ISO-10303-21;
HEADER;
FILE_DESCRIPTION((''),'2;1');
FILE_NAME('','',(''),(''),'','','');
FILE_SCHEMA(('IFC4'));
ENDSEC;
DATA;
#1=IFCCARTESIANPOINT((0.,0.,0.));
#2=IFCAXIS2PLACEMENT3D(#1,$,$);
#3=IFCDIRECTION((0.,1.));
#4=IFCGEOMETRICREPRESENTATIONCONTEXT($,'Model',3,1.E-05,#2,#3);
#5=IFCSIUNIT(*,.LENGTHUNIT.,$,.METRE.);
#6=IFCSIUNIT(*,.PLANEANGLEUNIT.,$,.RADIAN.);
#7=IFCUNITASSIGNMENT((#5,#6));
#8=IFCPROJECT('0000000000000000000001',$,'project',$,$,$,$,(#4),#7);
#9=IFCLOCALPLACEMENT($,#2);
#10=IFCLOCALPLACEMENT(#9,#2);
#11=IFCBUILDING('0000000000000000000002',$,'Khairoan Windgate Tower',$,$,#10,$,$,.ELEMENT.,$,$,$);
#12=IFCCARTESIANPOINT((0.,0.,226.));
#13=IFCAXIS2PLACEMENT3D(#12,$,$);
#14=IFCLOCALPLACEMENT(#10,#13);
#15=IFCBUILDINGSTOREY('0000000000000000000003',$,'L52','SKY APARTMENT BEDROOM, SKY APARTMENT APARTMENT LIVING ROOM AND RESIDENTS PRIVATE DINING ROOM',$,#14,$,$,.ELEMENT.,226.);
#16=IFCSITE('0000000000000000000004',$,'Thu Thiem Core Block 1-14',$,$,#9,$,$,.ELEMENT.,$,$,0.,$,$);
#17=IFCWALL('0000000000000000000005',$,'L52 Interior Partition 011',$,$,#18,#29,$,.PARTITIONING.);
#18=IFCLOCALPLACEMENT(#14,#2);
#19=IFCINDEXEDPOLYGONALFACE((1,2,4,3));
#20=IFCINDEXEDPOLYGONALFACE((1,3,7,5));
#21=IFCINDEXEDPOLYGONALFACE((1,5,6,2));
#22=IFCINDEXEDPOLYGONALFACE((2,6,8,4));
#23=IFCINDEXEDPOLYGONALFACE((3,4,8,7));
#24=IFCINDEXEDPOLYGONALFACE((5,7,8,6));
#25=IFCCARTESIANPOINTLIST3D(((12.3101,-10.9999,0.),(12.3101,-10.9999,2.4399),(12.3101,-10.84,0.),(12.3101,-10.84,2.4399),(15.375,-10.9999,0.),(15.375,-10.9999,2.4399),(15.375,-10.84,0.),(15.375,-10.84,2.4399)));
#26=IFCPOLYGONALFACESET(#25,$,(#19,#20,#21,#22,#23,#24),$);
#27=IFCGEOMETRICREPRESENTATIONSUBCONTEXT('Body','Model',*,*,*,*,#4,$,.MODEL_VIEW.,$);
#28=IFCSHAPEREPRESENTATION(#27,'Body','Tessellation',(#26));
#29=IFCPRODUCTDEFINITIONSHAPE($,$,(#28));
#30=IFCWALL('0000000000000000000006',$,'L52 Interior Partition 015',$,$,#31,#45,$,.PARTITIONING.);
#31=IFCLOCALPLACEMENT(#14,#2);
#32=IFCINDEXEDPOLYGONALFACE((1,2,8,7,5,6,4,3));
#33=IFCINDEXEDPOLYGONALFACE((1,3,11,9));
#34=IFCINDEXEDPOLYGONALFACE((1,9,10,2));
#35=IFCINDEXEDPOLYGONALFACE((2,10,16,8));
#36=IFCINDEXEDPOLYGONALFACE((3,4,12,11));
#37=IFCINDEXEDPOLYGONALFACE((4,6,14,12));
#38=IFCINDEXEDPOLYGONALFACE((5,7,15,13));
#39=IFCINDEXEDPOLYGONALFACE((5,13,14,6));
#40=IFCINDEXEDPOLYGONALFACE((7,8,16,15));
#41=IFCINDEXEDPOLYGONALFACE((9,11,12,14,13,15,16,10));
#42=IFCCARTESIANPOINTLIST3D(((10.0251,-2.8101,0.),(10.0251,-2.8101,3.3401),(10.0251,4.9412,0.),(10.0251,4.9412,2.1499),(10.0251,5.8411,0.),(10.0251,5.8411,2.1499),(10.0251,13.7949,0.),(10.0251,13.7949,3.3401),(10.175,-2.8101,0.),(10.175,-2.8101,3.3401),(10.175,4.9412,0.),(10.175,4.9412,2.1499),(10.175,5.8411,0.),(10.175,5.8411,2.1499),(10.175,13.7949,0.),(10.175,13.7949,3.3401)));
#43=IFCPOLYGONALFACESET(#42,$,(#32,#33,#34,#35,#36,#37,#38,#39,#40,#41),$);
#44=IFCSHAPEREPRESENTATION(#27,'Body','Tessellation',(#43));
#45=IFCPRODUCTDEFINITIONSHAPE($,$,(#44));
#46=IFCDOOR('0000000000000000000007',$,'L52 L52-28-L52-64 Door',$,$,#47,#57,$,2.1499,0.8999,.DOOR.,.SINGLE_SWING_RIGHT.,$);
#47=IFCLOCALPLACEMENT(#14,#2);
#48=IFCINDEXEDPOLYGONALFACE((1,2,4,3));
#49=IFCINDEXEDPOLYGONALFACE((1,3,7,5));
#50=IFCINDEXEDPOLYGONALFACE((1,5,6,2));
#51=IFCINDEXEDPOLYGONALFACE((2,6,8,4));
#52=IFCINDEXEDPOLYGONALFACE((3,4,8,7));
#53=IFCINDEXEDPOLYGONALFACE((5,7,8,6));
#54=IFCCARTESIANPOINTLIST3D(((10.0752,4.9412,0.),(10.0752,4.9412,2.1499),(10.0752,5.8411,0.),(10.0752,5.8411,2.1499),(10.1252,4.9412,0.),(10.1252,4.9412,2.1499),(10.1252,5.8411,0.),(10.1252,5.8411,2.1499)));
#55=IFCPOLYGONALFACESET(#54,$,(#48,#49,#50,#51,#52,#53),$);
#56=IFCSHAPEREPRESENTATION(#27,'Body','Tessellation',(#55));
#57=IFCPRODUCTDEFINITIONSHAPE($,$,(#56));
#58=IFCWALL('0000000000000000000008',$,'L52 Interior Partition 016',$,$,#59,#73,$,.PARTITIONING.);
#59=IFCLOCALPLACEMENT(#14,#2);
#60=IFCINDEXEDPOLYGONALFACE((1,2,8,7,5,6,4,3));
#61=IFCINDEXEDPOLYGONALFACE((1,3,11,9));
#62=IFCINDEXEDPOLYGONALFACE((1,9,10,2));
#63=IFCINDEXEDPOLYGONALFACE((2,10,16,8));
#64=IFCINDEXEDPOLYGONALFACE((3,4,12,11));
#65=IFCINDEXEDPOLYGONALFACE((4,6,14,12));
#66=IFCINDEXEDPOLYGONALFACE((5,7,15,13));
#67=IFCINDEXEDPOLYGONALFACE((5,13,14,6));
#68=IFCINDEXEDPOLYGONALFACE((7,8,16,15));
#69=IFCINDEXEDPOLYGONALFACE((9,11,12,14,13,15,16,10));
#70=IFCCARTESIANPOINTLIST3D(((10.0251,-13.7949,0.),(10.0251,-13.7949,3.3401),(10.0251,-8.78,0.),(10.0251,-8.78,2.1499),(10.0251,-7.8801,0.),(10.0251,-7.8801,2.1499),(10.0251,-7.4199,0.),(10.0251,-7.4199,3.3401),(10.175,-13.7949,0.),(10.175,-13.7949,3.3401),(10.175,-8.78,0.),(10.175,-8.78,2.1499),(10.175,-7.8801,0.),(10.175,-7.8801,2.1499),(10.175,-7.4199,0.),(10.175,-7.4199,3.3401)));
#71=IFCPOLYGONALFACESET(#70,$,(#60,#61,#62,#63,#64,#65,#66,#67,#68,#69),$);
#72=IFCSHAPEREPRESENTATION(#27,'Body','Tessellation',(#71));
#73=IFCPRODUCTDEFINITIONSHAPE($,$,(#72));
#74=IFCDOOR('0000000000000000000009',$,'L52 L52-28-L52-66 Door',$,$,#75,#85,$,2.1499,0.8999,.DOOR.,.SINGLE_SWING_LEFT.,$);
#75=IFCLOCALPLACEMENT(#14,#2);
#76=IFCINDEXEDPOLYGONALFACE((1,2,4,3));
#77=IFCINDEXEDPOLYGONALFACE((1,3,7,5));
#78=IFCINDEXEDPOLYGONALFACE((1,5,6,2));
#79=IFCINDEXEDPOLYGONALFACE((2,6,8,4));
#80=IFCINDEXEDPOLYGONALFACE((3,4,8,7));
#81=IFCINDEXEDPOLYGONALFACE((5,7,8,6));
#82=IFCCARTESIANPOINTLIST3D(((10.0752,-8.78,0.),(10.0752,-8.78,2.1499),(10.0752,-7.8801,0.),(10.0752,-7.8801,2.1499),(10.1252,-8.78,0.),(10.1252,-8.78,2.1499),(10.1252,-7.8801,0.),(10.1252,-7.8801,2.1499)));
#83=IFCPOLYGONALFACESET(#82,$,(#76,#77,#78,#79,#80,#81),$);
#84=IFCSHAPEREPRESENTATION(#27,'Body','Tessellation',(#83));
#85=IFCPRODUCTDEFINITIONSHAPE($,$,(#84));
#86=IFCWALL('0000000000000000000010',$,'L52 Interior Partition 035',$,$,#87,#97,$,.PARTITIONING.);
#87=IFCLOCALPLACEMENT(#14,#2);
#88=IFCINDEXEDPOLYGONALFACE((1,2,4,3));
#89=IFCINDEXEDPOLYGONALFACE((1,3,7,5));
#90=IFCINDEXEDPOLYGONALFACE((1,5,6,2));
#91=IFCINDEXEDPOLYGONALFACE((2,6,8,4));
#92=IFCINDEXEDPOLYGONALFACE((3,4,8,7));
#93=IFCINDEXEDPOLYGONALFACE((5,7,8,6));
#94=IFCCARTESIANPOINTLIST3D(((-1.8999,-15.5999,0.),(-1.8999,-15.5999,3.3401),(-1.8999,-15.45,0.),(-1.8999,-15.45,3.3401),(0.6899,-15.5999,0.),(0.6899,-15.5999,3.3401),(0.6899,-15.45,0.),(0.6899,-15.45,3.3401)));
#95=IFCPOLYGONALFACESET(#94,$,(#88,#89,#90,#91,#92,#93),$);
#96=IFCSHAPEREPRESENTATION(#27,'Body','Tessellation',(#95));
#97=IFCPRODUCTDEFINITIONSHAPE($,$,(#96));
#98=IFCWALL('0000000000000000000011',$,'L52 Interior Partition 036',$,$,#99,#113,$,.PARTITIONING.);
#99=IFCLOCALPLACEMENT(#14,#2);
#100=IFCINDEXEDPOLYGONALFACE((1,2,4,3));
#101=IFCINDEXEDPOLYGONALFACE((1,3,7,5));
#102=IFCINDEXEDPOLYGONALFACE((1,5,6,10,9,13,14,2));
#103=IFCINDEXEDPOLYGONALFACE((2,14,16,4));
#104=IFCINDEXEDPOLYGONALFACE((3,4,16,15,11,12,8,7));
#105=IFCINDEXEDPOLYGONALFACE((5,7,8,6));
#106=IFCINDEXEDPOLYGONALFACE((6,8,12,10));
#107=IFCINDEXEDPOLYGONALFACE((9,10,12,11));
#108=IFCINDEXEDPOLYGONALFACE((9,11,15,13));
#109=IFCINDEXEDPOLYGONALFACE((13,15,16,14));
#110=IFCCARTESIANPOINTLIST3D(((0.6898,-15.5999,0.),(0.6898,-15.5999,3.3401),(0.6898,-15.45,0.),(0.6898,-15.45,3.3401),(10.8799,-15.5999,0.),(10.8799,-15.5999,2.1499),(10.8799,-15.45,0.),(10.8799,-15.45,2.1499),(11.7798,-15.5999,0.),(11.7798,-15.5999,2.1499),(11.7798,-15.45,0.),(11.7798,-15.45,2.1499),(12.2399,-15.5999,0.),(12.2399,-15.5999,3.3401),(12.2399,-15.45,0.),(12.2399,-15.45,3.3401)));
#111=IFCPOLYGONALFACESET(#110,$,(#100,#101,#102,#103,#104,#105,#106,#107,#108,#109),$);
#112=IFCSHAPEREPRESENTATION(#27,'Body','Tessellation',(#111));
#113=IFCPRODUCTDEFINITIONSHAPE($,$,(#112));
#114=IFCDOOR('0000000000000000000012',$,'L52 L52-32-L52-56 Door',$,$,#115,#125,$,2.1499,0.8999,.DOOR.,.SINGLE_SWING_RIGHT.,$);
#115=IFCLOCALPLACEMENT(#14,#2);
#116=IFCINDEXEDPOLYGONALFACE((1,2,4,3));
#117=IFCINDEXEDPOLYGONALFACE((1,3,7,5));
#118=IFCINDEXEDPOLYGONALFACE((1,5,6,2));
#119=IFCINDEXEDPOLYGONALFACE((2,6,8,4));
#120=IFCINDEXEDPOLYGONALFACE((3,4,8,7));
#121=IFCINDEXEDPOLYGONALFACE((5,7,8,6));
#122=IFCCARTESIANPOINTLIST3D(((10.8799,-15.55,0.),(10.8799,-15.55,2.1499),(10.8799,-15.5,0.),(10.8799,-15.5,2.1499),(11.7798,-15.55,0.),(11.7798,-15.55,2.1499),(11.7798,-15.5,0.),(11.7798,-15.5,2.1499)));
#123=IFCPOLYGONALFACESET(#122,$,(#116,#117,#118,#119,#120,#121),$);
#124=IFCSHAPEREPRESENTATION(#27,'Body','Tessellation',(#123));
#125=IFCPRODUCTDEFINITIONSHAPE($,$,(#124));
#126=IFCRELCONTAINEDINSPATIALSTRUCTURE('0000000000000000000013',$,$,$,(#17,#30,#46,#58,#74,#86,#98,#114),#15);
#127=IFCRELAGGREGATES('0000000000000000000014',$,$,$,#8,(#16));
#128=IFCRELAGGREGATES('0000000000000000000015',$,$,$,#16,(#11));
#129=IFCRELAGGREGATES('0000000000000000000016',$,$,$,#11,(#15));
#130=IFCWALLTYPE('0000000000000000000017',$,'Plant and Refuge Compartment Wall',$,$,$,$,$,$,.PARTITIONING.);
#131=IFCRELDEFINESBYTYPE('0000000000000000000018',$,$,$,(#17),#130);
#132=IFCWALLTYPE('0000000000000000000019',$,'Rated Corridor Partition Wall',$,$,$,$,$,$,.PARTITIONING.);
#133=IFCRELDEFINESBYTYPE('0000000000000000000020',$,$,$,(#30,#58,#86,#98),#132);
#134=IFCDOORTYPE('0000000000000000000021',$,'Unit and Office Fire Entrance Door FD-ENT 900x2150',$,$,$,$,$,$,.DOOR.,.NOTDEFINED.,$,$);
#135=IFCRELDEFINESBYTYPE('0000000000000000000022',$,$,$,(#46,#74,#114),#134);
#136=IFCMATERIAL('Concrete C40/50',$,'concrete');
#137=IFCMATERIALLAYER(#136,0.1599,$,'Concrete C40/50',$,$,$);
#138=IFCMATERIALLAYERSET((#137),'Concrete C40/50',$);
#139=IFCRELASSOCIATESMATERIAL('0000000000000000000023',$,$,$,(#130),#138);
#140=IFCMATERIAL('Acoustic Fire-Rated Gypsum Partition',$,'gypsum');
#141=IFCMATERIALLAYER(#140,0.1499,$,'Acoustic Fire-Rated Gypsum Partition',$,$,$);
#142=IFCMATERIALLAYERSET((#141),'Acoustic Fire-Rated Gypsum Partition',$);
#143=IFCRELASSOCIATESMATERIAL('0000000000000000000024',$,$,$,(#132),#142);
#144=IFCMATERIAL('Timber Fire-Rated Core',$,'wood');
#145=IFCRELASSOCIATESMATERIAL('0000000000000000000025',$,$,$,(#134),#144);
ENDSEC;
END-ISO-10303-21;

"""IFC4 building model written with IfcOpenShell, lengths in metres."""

from ifc_helpers import new_model, si_unit, direction, frame, frame_2d, origin, place, context, subcontext, project, spatial, rectangle, extrude, material, layer, layer_set, type_object, element, fill, save


model = new_model("IFC4")

# Units and contexts
model_context = context("Model", 3, precision=1e-05, world=origin(), true_north=direction((0.0, 1.0)))
body_context = subcontext(model_context, "Body", "Model", "MODEL_VIEW")
ifc_project = project(units=[si_unit("LENGTHUNIT", "METRE"), si_unit("PLANEANGLEUNIT", "RADIAN")], contexts=[model_context])

# Site, building, storey
site_placement = place(None, origin())
site = spatial("IfcSite", under=ifc_project, at=site_placement, Name="Thu Thiem Core Block 1-14", CompositionType="ELEMENT", RefElevation=0.0)
building_placement = place(site_placement, origin())
building = spatial("IfcBuilding", under=site, at=building_placement, Name="Khairoan Windgate Tower", CompositionType="ELEMENT")
storey_placement = place(building_placement, frame((0.0, 0.0, 226.0)))
storey = spatial("IfcBuildingStorey", under=building, at=storey_placement, Name="L52", Description="SKY APARTMENT BEDROOM, SKY APARTMENT APARTMENT LIVING ROOM AND RESIDENTS PRIVATE DINING ROOM", CompositionType="ELEMENT", Elevation=226.0)

# Wall
ifc_material_1 = material(Name="Concrete C40/50", Category="concrete")
ifc_layer_1 = layer(ifc_material_1, 0.1599, Name="Concrete C40/50")
ifc_layer_set_1 = layer_set([ifc_layer_1], Name="Concrete C40/50")
wall_type_1 = type_object("IfcWallType", Name="Plant and Refuge Compartment Wall", PredefinedType="PARTITIONING", material=ifc_layer_set_1)
wall_1_placement = place(storey_placement, frame((12.3101, -10.9199, 0.0), z_axis=(0.0, 0.0, 1.0), x_axis=(1.0, 0.0, 0.0)))
element("IfcWall", 1, at=wall_1_placement, inside=storey, type_object=wall_type_1, Name="L52 Interior Partition 011", PredefinedType="PARTITIONING", context=body_context, shape_type="SweptSolid", body=[
    extrude(rectangle(XDim=3.0649, YDim=0.1599, at=frame_2d((1.5325, 0.0))), origin(), (0.0, 0.0, 1.0), 2.4399),
])

# Walls, openings, doors
ifc_material_2 = material(Name="Acoustic Fire-Rated Gypsum Partition", Category="gypsum")
ifc_layer_2 = layer(ifc_material_2, 0.1499, Name="Acoustic Fire-Rated Gypsum Partition")
ifc_layer_set_2 = layer_set([ifc_layer_2], Name="Acoustic Fire-Rated Gypsum Partition")
wall_type_2 = type_object("IfcWallType", Name="Rated Corridor Partition Wall", PredefinedType="PARTITIONING", material=ifc_layer_set_2)
wall_2_placement = place(storey_placement, frame((10.1001, -2.8101, 0.0), z_axis=(0.0, 0.0, 1.0), x_axis=(0.0, 1.0, 0.0)))
wall_2 = element("IfcWall", 2, at=wall_2_placement, inside=storey, type_object=wall_type_2, Name="L52 Interior Partition 015", PredefinedType="PARTITIONING", context=body_context, shape_type="SweptSolid", body=[
    extrude(rectangle(XDim=16.605, YDim=0.1499, at=frame_2d((8.3025, 0.0))), origin(), (0.0, 0.0, 1.0), 3.3401),
])
opening_1_placement = place(wall_2_placement, frame((7.7512, 0.0, 0.0)))
opening_1 = element("IfcOpeningElement", 3, at=opening_1_placement, cuts=wall_2, PredefinedType="OPENING", context=body_context, shape_type="SweptSolid", body=[
    extrude(rectangle(XDim=0.8999, YDim=2.1499, at=frame_2d((0.45, 1.075))), frame((0.0, 0.085, 0.0), z_axis=(0.0, -1.0, 0.0), x_axis=(1.0, 0.0, 0.0)), (0.0, 0.0, 1.0), 0.1699),
])
ifc_material_3 = material(Name="Timber Fire-Rated Core", Category="wood")
door_type_1 = type_object("IfcDoorType", Name="Unit and Office Fire Entrance Door FD-ENT 900x2150", OperationType="NOTDEFINED", PredefinedType="DOOR", material=ifc_material_3)
door_1_placement = place(opening_1_placement, origin())
door_1 = element("IfcDoor", 4, at=door_1_placement, inside=storey, type_object=door_type_1, Name="L52 L52-28-L52-64 Door", OperationType="SINGLE_SWING_RIGHT", OverallHeight=2.1499, OverallWidth=0.8999, PredefinedType="DOOR", context=body_context, shape_type="SweptSolid", body=[
    extrude(rectangle(XDim=0.8999, YDim=2.1499, at=frame_2d((0.45, 1.075))), frame((0.0, 0.0249, 0.0), z_axis=(0.0, -1.0, 0.0), x_axis=(1.0, 0.0, 0.0)), (0.0, 0.0, 1.0), 0.05),
])
fill(opening_1, door_1)
wall_3_placement = place(storey_placement, frame((10.1001, -13.7949, 0.0), z_axis=(0.0, 0.0, 1.0), x_axis=(0.0, 1.0, 0.0)))
wall_3 = element("IfcWall", 5, at=wall_3_placement, inside=storey, type_object=wall_type_2, Name="L52 Interior Partition 016", PredefinedType="PARTITIONING", context=body_context, shape_type="SweptSolid", body=[
    extrude(rectangle(XDim=6.375, YDim=0.1499, at=frame_2d((3.1875, 0.0))), origin(), (0.0, 0.0, 1.0), 3.3401),
])
opening_2_placement = place(wall_3_placement, frame((5.0149, 0.0, 0.0)))
opening_2 = element("IfcOpeningElement", 6, at=opening_2_placement, cuts=wall_3, PredefinedType="OPENING", context=body_context, shape_type="SweptSolid", body=[
    extrude(rectangle(XDim=0.8999, YDim=2.1499, at=frame_2d((0.45, 1.075))), frame((0.0, 0.085, 0.0), z_axis=(0.0, -1.0, 0.0), x_axis=(1.0, 0.0, 0.0)), (0.0, 0.0, 1.0), 0.1699),
])
door_2_placement = place(opening_2_placement, origin())
door_2 = element("IfcDoor", 7, at=door_2_placement, inside=storey, type_object=door_type_1, Name="L52 L52-28-L52-66 Door", OperationType="SINGLE_SWING_LEFT", OverallHeight=2.1499, OverallWidth=0.8999, PredefinedType="DOOR", context=body_context, shape_type="SweptSolid", body=[
    extrude(rectangle(XDim=0.8999, YDim=2.1499, at=frame_2d((0.45, 1.075))), frame((0.0, 0.0249, 0.0), z_axis=(0.0, -1.0, 0.0), x_axis=(1.0, 0.0, 0.0)), (0.0, 0.0, 1.0), 0.05),
])
fill(opening_2, door_2)

# Wall
wall_4_placement = place(storey_placement, frame((-1.8999, -15.5249, 0.0), z_axis=(0.0, 0.0, 1.0), x_axis=(1.0, 0.0, 0.0)))
element("IfcWall", 8, at=wall_4_placement, inside=storey, type_object=wall_type_2, Name="L52 Interior Partition 035", PredefinedType="PARTITIONING", context=body_context, shape_type="SweptSolid", body=[
    extrude(rectangle(XDim=2.5898, YDim=0.1499, at=frame_2d((1.2949, 0.0))), origin(), (0.0, 0.0, 1.0), 3.3401),
])

# Wall, opening, door
wall_5_placement = place(storey_placement, frame((0.6899, -15.5249, 0.0), z_axis=(0.0, 0.0, 1.0), x_axis=(1.0, 0.0, 0.0)))
wall_5 = element("IfcWall", 9, at=wall_5_placement, inside=storey, type_object=wall_type_2, Name="L52 Interior Partition 036", PredefinedType="PARTITIONING", context=body_context, shape_type="SweptSolid", body=[
    extrude(rectangle(XDim=11.55, YDim=0.1499, at=frame_2d((5.7749, 0.0))), origin(), (0.0, 0.0, 1.0), 3.3401),
])
opening_3_placement = place(wall_5_placement, frame((10.1899, 0.0, 0.0)))
opening_3 = element("IfcOpeningElement", 10, at=opening_3_placement, cuts=wall_5, PredefinedType="OPENING", context=body_context, shape_type="SweptSolid", body=[
    extrude(rectangle(XDim=0.8999, YDim=2.1499, at=frame_2d((0.45, 1.075))), frame((0.0, 0.085, 0.0), z_axis=(0.0, -1.0, 0.0), x_axis=(1.0, 0.0, 0.0)), (0.0, 0.0, 1.0), 0.1699),
])
door_3_placement = place(opening_3_placement, origin())
door_3 = element("IfcDoor", 11, at=door_3_placement, inside=storey, type_object=door_type_1, Name="L52 L52-32-L52-56 Door", OperationType="SINGLE_SWING_RIGHT", OverallHeight=2.1499, OverallWidth=0.8999, PredefinedType="DOOR", context=body_context, shape_type="SweptSolid", body=[
    extrude(rectangle(XDim=0.8999, YDim=2.1499, at=frame_2d((0.45, 1.075))), frame((0.0, 0.0249, 0.0), z_axis=(0.0, -1.0, 0.0), x_axis=(1.0, 0.0, 0.0)), (0.0, 0.0, 1.0), 0.05),
])
fill(opening_3, door_3)

save(model, "model.ifc")
